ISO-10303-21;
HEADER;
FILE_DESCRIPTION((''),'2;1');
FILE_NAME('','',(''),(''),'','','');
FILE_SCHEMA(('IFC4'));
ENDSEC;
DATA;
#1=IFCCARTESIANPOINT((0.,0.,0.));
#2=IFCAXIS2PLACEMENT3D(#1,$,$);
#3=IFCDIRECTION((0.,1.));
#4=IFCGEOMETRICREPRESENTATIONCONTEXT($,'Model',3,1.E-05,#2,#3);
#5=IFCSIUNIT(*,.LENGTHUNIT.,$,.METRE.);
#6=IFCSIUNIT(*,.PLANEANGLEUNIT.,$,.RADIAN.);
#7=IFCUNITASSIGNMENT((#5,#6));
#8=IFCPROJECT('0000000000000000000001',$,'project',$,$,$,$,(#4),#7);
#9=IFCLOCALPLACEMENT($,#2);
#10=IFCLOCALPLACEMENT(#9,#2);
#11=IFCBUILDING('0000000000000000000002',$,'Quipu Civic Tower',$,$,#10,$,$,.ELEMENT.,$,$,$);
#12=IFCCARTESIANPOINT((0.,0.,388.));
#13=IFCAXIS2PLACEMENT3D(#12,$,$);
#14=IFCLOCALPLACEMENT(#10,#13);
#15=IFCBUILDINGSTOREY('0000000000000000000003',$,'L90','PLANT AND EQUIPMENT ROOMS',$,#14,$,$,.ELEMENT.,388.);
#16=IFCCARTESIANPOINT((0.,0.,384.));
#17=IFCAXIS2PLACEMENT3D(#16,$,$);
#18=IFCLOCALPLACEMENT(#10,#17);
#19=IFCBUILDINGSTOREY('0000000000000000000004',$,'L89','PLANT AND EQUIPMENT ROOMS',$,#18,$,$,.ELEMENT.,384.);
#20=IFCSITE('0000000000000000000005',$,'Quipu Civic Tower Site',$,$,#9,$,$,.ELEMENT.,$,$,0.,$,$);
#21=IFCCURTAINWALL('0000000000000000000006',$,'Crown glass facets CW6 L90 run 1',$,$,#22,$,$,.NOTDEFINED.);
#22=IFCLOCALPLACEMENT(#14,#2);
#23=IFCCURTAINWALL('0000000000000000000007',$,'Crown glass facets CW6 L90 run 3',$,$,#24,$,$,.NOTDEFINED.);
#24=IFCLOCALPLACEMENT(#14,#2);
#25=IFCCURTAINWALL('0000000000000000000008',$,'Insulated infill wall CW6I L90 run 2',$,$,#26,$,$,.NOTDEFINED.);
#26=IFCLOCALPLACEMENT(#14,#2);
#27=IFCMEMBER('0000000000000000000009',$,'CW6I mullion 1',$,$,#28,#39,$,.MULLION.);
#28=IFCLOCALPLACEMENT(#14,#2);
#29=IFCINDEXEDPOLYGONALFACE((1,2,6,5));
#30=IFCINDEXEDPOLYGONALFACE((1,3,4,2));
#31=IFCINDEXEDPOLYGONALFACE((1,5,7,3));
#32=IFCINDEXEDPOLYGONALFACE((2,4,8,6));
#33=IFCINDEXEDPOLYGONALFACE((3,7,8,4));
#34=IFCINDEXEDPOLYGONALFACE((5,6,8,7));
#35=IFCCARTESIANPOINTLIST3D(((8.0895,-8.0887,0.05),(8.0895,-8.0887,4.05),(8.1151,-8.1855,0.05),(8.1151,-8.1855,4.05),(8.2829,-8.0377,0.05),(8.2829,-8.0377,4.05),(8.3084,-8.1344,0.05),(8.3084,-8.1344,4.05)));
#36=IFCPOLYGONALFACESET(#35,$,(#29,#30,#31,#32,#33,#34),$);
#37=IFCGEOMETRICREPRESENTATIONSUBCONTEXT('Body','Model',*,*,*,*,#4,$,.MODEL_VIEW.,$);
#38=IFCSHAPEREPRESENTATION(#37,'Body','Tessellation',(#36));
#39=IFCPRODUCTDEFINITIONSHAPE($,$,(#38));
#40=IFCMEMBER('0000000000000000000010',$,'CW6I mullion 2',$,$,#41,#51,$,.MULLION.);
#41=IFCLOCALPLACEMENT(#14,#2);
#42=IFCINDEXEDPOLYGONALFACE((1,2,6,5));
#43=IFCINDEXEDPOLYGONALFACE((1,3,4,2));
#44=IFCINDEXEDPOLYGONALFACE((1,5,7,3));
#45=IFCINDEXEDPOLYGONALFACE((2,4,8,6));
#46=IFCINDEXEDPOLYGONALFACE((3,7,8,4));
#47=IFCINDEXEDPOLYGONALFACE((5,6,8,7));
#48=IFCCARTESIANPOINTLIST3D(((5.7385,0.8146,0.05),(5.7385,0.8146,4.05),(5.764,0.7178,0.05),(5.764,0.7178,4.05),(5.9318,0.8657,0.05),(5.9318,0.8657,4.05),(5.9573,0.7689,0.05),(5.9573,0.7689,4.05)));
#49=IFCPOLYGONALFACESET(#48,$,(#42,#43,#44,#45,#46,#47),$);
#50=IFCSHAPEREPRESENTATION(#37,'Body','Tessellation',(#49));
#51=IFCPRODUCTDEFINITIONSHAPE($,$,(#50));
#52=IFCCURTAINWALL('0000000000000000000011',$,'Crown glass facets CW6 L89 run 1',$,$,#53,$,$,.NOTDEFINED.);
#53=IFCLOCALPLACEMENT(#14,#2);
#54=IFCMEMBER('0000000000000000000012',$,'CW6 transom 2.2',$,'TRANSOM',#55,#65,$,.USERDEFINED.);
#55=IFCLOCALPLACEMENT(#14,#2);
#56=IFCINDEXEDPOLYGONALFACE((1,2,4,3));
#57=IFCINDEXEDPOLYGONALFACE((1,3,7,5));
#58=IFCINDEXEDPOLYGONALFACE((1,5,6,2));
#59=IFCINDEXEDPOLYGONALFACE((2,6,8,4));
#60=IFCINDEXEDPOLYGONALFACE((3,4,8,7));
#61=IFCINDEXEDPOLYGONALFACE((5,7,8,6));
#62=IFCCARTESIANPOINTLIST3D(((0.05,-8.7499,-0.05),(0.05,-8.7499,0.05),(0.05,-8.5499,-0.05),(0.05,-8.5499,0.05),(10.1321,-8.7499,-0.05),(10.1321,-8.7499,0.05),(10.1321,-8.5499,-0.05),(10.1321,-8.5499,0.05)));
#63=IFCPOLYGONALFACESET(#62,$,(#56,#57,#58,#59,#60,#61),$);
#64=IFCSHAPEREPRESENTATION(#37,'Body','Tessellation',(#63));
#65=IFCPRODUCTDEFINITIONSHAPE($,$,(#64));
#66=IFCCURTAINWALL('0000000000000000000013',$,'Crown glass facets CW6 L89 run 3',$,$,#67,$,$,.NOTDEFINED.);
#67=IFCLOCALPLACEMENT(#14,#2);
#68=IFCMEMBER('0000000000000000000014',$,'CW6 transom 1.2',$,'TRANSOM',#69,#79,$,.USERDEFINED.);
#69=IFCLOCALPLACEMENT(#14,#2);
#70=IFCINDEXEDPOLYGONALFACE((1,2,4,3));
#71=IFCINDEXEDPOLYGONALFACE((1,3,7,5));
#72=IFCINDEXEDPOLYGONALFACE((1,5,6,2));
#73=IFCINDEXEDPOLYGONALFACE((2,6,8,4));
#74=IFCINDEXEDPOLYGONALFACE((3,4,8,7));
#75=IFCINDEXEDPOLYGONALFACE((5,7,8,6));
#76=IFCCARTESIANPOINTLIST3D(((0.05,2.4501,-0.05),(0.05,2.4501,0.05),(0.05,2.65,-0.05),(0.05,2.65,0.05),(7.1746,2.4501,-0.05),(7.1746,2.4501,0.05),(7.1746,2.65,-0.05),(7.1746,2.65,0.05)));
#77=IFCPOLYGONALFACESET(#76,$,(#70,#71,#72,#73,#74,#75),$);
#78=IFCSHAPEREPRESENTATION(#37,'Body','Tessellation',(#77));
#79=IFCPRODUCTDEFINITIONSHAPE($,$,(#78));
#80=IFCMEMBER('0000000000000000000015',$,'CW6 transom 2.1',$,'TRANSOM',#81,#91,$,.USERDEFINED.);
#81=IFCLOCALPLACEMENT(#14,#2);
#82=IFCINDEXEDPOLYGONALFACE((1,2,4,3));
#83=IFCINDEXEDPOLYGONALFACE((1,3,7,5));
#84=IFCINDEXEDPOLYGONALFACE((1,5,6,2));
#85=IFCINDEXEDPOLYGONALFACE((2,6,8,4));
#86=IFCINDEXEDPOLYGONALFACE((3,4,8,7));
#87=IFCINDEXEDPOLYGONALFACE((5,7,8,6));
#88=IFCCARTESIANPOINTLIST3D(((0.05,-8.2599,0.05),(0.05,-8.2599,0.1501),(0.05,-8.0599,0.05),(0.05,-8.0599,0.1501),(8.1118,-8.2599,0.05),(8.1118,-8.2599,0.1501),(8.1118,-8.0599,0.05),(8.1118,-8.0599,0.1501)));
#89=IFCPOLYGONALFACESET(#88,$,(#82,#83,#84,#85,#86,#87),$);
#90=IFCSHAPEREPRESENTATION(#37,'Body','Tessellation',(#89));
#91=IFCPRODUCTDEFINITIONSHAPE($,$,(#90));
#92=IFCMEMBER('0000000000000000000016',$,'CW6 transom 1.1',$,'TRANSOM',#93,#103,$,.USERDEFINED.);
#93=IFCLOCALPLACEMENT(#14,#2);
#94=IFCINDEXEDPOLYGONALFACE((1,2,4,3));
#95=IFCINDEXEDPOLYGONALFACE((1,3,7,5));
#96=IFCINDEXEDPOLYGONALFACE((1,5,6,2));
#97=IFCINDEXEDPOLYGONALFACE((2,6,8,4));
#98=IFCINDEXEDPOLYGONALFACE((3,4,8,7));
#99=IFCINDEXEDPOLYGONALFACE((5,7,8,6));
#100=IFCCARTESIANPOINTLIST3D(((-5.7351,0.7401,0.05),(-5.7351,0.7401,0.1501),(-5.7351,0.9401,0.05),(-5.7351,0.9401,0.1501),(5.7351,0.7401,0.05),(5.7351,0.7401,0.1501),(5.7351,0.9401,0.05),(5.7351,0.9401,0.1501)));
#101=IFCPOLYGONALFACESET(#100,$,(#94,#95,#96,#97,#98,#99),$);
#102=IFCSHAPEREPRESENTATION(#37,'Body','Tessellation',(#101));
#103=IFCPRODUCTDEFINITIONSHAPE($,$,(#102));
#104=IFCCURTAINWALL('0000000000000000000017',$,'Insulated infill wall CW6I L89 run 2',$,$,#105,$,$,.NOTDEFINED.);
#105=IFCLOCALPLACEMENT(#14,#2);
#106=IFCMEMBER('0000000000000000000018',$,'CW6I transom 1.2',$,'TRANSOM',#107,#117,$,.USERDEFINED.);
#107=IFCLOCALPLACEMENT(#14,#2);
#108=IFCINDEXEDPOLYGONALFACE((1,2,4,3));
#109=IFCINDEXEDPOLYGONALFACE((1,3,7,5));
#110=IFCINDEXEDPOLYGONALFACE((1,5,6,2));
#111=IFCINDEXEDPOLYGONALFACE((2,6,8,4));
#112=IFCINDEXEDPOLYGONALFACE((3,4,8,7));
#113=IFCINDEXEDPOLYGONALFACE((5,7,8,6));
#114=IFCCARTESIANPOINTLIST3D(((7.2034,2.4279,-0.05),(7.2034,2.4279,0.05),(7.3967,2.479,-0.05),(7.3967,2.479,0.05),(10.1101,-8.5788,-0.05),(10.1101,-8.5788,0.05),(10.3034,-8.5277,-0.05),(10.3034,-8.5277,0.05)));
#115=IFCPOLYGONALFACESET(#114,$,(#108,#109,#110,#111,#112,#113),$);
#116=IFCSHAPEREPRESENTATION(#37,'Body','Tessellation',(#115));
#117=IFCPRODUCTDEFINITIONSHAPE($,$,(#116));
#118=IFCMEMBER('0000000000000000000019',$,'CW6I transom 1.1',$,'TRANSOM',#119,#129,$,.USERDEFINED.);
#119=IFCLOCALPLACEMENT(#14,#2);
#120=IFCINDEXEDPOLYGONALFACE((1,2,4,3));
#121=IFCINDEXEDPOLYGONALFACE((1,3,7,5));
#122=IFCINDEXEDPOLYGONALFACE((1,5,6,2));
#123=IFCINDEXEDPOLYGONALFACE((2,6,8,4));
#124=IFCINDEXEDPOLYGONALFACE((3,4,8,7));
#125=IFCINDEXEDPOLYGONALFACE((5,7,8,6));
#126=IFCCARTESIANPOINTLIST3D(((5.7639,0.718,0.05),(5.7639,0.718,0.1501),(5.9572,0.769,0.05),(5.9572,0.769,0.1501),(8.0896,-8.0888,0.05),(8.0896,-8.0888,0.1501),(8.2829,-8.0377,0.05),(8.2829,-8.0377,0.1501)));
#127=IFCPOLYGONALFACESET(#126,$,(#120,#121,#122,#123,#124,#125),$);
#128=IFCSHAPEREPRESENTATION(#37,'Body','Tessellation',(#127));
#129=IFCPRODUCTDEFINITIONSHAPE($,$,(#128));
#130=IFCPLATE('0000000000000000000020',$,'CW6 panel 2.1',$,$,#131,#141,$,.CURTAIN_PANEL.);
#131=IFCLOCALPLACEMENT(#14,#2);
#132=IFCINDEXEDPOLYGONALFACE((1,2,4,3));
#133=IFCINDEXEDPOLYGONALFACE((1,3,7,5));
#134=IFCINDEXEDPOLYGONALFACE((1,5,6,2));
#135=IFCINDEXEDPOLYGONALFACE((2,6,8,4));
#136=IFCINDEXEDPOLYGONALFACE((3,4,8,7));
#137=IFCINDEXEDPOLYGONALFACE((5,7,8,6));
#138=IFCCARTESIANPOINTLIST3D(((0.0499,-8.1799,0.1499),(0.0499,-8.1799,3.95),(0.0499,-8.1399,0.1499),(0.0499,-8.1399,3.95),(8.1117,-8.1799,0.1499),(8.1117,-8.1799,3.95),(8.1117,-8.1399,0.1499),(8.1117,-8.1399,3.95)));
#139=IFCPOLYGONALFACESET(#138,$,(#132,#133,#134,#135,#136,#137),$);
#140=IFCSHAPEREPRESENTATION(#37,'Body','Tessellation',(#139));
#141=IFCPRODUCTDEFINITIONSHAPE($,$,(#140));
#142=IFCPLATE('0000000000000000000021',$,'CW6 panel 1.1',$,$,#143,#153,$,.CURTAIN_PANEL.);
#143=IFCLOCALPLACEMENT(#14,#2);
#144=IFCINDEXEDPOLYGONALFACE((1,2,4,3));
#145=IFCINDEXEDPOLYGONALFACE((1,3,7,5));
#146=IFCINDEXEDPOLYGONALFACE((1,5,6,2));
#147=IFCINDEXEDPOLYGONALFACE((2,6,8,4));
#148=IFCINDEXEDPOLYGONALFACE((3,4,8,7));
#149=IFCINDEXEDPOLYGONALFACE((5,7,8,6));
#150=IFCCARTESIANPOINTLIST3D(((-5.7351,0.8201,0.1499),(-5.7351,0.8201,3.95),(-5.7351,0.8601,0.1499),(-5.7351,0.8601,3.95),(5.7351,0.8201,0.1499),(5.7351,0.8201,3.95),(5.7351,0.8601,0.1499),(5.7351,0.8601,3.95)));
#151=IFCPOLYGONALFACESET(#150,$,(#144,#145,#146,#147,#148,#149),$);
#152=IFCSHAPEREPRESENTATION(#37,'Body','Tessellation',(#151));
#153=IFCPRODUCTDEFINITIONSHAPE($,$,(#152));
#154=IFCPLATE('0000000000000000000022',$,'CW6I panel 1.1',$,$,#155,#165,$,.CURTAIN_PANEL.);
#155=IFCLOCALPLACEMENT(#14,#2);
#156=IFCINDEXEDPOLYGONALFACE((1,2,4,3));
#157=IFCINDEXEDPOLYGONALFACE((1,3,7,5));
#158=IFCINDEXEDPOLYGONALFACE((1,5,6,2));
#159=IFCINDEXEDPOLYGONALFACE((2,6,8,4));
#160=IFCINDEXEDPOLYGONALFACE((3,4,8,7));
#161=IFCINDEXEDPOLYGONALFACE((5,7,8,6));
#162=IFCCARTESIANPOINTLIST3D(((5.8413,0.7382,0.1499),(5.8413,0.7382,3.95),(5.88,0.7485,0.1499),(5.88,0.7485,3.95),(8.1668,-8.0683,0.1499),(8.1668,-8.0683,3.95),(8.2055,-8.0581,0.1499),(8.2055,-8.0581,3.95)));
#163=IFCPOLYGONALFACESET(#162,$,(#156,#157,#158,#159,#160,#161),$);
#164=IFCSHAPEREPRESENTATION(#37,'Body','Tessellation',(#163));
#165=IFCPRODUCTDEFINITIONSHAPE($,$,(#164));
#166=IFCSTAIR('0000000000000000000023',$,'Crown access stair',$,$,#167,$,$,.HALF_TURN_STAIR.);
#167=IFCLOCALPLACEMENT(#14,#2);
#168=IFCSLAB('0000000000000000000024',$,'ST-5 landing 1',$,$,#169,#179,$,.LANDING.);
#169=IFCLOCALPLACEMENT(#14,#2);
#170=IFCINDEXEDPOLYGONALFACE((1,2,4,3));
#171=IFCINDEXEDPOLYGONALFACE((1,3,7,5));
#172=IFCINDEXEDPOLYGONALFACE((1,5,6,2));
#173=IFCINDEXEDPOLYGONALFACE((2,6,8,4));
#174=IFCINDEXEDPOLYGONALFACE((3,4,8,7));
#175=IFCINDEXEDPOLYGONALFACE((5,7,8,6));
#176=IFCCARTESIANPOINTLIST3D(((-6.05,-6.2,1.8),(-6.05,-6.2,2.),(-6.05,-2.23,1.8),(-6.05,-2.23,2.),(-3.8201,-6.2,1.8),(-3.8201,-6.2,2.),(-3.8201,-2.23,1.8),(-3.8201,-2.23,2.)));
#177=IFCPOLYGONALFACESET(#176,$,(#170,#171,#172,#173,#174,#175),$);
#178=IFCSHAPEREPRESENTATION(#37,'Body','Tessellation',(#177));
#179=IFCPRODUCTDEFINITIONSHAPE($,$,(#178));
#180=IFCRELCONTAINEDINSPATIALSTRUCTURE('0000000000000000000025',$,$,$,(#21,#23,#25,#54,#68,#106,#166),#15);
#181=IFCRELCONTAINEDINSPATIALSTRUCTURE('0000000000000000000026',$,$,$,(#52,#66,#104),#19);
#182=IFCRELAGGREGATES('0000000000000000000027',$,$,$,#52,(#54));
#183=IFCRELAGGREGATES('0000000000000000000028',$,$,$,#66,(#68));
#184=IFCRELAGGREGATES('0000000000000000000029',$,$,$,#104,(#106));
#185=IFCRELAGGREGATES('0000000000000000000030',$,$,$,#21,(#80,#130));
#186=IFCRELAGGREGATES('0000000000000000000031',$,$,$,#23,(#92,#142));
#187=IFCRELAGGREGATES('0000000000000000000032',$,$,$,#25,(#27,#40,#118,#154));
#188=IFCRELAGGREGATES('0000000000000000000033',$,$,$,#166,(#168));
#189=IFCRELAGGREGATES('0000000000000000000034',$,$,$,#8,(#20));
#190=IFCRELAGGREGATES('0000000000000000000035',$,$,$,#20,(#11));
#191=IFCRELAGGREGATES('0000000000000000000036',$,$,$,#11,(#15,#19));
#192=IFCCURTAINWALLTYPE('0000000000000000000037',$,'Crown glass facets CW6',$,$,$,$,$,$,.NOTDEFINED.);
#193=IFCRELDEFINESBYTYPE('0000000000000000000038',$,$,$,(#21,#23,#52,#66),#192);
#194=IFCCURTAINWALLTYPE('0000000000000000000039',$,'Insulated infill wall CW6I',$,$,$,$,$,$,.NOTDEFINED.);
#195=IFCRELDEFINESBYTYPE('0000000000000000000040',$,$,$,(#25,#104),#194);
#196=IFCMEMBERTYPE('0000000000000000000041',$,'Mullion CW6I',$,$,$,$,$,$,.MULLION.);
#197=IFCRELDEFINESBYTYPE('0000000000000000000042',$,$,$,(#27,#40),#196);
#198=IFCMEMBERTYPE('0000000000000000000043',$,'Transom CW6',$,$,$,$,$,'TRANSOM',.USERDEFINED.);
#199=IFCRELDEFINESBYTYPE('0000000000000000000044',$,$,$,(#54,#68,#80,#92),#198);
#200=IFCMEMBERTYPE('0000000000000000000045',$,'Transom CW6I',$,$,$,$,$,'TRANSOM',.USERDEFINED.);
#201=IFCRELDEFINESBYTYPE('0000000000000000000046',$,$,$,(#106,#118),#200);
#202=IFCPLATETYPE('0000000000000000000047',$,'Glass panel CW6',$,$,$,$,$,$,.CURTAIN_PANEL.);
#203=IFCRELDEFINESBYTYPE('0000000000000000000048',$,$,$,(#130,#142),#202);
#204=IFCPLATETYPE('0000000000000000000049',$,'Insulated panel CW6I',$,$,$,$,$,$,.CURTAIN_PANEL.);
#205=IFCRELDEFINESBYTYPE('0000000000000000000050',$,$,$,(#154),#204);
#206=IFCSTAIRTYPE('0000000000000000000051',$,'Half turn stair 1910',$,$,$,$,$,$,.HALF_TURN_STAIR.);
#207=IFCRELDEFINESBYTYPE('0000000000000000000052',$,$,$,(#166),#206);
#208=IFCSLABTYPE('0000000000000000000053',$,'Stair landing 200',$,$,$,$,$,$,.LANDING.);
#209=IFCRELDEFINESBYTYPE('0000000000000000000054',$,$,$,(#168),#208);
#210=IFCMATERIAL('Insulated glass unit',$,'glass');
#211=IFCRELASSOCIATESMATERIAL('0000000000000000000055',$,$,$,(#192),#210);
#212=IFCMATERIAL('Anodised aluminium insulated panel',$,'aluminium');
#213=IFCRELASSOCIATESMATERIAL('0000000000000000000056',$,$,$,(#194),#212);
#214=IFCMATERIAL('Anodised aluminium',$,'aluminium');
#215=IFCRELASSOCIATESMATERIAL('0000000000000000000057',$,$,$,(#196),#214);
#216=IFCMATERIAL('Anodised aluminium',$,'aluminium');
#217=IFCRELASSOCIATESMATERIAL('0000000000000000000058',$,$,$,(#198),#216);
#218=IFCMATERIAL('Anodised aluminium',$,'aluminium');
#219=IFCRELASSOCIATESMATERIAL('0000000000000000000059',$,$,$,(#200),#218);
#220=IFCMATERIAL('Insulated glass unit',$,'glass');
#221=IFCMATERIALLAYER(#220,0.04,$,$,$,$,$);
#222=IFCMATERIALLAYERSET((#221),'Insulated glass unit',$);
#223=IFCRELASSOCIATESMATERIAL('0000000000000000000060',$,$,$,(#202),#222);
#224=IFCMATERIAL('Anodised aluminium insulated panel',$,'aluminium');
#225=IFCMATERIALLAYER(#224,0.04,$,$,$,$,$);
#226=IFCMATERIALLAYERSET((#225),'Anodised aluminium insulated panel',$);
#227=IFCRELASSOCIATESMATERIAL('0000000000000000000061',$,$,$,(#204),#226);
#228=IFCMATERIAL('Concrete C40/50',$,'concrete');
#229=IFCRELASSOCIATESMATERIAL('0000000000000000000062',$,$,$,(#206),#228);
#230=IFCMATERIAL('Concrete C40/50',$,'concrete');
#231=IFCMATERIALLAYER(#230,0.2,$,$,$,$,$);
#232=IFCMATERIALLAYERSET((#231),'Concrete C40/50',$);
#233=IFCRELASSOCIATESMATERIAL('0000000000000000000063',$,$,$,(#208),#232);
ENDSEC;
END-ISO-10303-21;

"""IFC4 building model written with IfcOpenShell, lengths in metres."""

from ifc_helpers import new_model, si_unit, direction, frame, origin, origin_2d, place, context, subcontext, project, spatial, polyline, rectangle, outline, extrude, material, layer, layer_set, material_profile, profile_set, type_object, element, aggregate, save


model = new_model("IFC4")

# Units and contexts
model_context = context("Model", 3, precision=1e-05, world=origin(), true_north=direction((0.0, 1.0)))
body_context = subcontext(model_context, "Body", "Model", "MODEL_VIEW")
ifc_project = project(units=[si_unit("LENGTHUNIT", "METRE"), si_unit("PLANEANGLEUNIT", "RADIAN")], contexts=[model_context])

# Site, building, storey
site_placement = place(None, origin())
site = spatial("IfcSite", under=ifc_project, at=site_placement, Name="Quipu Civic Tower Site", CompositionType="ELEMENT", RefElevation=0.0)
building_placement = place(site_placement, origin())
building = spatial("IfcBuilding", under=site, at=building_placement, Name="Quipu Civic Tower", CompositionType="ELEMENT")
storey_1_placement = place(building_placement, frame((0.0, 0.0, 388.0)))
storey_1 = spatial("IfcBuildingStorey", under=building, at=storey_1_placement, Name="L90", Description="PLANT AND EQUIPMENT ROOMS", CompositionType="ELEMENT", Elevation=388.0)

# Curtain walls
ifc_material_1 = material(Name="Insulated glass unit", Category="glass")
curtain_wall_type_1 = type_object("IfcCurtainWallType", Name="Crown glass facets CW6", PredefinedType="NOTDEFINED", material=ifc_material_1)
curtain_wall_1_placement = place(storey_1_placement, origin())
curtain_wall_1 = element("IfcCurtainWall", 1, at=curtain_wall_1_placement, inside=storey_1, type_object=curtain_wall_type_1, Name="Crown glass facets CW6 L90 run 1", PredefinedType="NOTDEFINED")
curtain_wall_2_placement = place(storey_1_placement, origin())
curtain_wall_2 = element("IfcCurtainWall", 2, at=curtain_wall_2_placement, inside=storey_1, type_object=curtain_wall_type_1, Name="Crown glass facets CW6 L90 run 3", PredefinedType="NOTDEFINED")

# Curtain wall, members
ifc_material_2 = material(Name="Anodised aluminium insulated panel", Category="aluminium")
curtain_wall_type_2 = type_object("IfcCurtainWallType", Name="Insulated infill wall CW6I", PredefinedType="NOTDEFINED", material=ifc_material_2)
curtain_wall_3_placement = place(storey_1_placement, origin())
curtain_wall_3 = element("IfcCurtainWall", 3, at=curtain_wall_3_placement, inside=storey_1, type_object=curtain_wall_type_2, Name="Insulated infill wall CW6I L90 run 2", PredefinedType="NOTDEFINED")
ifc_material_3 = material(Name="Anodised aluminium", Category="aluminium")
ifc_material_profile_1 = material_profile(ifc_material_3, rectangle(XDim=0.2, YDim=0.1001, at=origin_2d()), Name="RECT 200x100")
ifc_profile_set_1 = profile_set([ifc_material_profile_1], Name="Anodised aluminium")
member_type_1 = type_object("IfcMemberType", Name="Mullion CW6I", PredefinedType="MULLION", material=ifc_profile_set_1)
member_1_placement = place(storey_1_placement, frame((8.199, -8.1116, 0.05), z_axis=(0.0, 0.0, 1.0), x_axis=(-0.966858, -0.255315, 0.0)))
member_1 = element("IfcMember", 4, at=member_1_placement, type_object=member_type_1, Name="CW6I mullion 1", PredefinedType="MULLION", context=body_context, shape_type="SweptSolid", body=[
    extrude(rectangle(XDim=0.2, YDim=0.1001, at=origin_2d()), origin(), (0.0, 0.0, 1.0), 4.0),
])
member_2_placement = place(storey_1_placement, frame((5.8479, 0.7917, 0.05), z_axis=(0.0, 0.0, 1.0), x_axis=(-0.966858, -0.255315, 0.0)))
member_2 = element("IfcMember", 5, at=member_2_placement, type_object=member_type_1, Name="CW6I mullion 2", PredefinedType="MULLION", context=body_context, shape_type="SweptSolid", body=[
    extrude(rectangle(XDim=0.2, YDim=0.1001, at=origin_2d()), origin(), (0.0, 0.0, 1.0), 4.0),
])

# Shared definitions
storey_2_placement = place(building_placement, frame((0.0, 0.0, 384.0)))
storey_2 = spatial("IfcBuildingStorey", under=building, at=storey_2_placement, Name="L89", Description="PLANT AND EQUIPMENT ROOMS", CompositionType="ELEMENT", Elevation=384.0)

# Curtain walls, members
curtain_wall_4_placement = place(storey_2_placement, origin())
curtain_wall_4 = element("IfcCurtainWall", 6, at=curtain_wall_4_placement, inside=storey_2, type_object=curtain_wall_type_1, Name="Crown glass facets CW6 L89 run 1", PredefinedType="NOTDEFINED")
ifc_material_4 = material(Name="Anodised aluminium", Category="aluminium")
ifc_material_profile_2 = material_profile(ifc_material_4, rectangle(XDim=0.2, YDim=0.1001, at=origin_2d()), Name="RECT 200x100")
ifc_profile_set_2 = profile_set([ifc_material_profile_2], Name="Anodised aluminium")
member_type_2 = type_object("IfcMemberType", Name="Transom CW6", ElementType="TRANSOM", PredefinedType="USERDEFINED", material=ifc_profile_set_2)
member_3_placement = place(storey_1_placement, frame((0.05, -8.6499, 0.0), z_axis=(1.0, 0.0, 0.0), x_axis=(0.0, 1.0, 0.0)))
member_3 = element("IfcMember", 7, at=member_3_placement, inside=storey_1, type_object=member_type_2, Name="CW6 transom 2.2", ObjectType="TRANSOM", PredefinedType="USERDEFINED", context=body_context, shape_type="SweptSolid", body=[
    extrude(rectangle(XDim=0.2, YDim=0.1001, at=origin_2d()), origin(), (0.0, 0.0, 1.0), 10.082),
])
aggregate(curtain_wall_4, [member_3])
curtain_wall_5_placement = place(storey_2_placement, origin())
curtain_wall_5 = element("IfcCurtainWall", 8, at=curtain_wall_5_placement, inside=storey_2, type_object=curtain_wall_type_1, Name="Crown glass facets CW6 L89 run 3", PredefinedType="NOTDEFINED")
member_4_placement = place(storey_1_placement, frame((7.1746, 2.55, 0.0), z_axis=(-1.0, 0.0, 0.0), x_axis=(0.0, -1.0, 0.0)))
member_4 = element("IfcMember", 9, at=member_4_placement, inside=storey_1, type_object=member_type_2, Name="CW6 transom 1.2", ObjectType="TRANSOM", PredefinedType="USERDEFINED", context=body_context, shape_type="SweptSolid", body=[
    extrude(rectangle(XDim=0.2, YDim=0.1001, at=origin_2d()), origin(), (0.0, 0.0, 1.0), 7.1245),
])
aggregate(curtain_wall_5, [member_4])

# Members
member_5_placement = place(storey_1_placement, frame((0.05, -8.1599, 0.1001), z_axis=(1.0, 0.0, 0.0), x_axis=(0.0, 1.0, 0.0)))
member_5 = element("IfcMember", 10, at=member_5_placement, type_object=member_type_2, Name="CW6 transom 2.1", ObjectType="TRANSOM", PredefinedType="USERDEFINED", context=body_context, shape_type="SweptSolid", body=[
    extrude(rectangle(XDim=0.2, YDim=0.1001, at=origin_2d()), origin(), (0.0, 0.0, 1.0), 8.0618),
])
member_6_placement = place(storey_1_placement, frame((5.7351, 0.8401, 0.1001), z_axis=(-1.0, 0.0, 0.0), x_axis=(0.0, -1.0, 0.0)))
member_6 = element("IfcMember", 11, at=member_6_placement, type_object=member_type_2, Name="CW6 transom 1.1", ObjectType="TRANSOM", PredefinedType="USERDEFINED", context=body_context, shape_type="SweptSolid", body=[
    extrude(rectangle(XDim=0.2, YDim=0.1001, at=origin_2d()), origin(), (0.0, 0.0, 1.0), 11.4702),
])

# Curtain wall, member
curtain_wall_6_placement = place(storey_2_placement, origin())
curtain_wall_6 = element("IfcCurtainWall", 12, at=curtain_wall_6_placement, inside=storey_2, type_object=curtain_wall_type_2, Name="Insulated infill wall CW6I L89 run 2", PredefinedType="NOTDEFINED")
ifc_material_5 = material(Name="Anodised aluminium", Category="aluminium")
ifc_material_profile_3 = material_profile(ifc_material_5, rectangle(XDim=0.2, YDim=0.1001, at=origin_2d()), Name="RECT 200x100")
ifc_profile_set_3 = profile_set([ifc_material_profile_3], Name="Anodised aluminium")
member_type_3 = type_object("IfcMemberType", Name="Transom CW6I", ElementType="TRANSOM", PredefinedType="USERDEFINED", material=ifc_profile_set_3)
member_7_placement = place(storey_1_placement, frame((10.2068, -8.5532, 0.0), z_axis=(-0.255337, 0.966852, 0.0), x_axis=(-0.966852, -0.255337, 0.0)))
member_7 = element("IfcMember", 13, at=member_7_placement, inside=storey_1, type_object=member_type_3, Name="CW6I transom 1.2", ObjectType="TRANSOM", PredefinedType="USERDEFINED", context=body_context, shape_type="SweptSolid", body=[
    extrude(rectangle(XDim=0.2, YDim=0.1001, at=origin_2d()), origin(), (0.0, 0.0, 1.0), 11.384),
])
aggregate(curtain_wall_6, [member_7])

# Member
member_8_placement = place(storey_1_placement, frame((8.1863, -8.0632, 0.1001), z_axis=(-0.25533, 0.966854, 0.0), x_axis=(-0.966854, -0.25533, 0.0)))
member_8 = element("IfcMember", 14, at=member_8_placement, type_object=member_type_3, Name="CW6I transom 1.1", ObjectType="TRANSOM", PredefinedType="USERDEFINED", context=body_context, shape_type="SweptSolid", body=[
    extrude(rectangle(XDim=0.2, YDim=0.1001, at=origin_2d()), origin(), (0.0, 0.0, 1.0), 9.1086),
])

# Plates
ifc_material_6 = material(Name="Insulated glass unit", Category="glass")
ifc_layer_1 = layer(ifc_material_6, 0.04)
ifc_layer_set_1 = layer_set([ifc_layer_1], Name="Insulated glass unit")
plate_type_1 = type_object("IfcPlateType", Name="Glass panel CW6", PredefinedType="CURTAIN_PANEL", material=ifc_layer_set_1)
plate_1_placement = place(storey_1_placement, frame((4.0808, -8.1599, 0.1499), z_axis=(0.0, 0.0, 1.0), x_axis=(1.0, 0.0, 0.0)))
plate_1 = element("IfcPlate", 15, at=plate_1_placement, type_object=plate_type_1, Name="CW6 panel 2.1", PredefinedType="CURTAIN_PANEL", context=body_context, shape_type="SweptSolid", body=[
    extrude(rectangle(XDim=8.0618, YDim=0.04, at=origin_2d()), origin(), (0.0, 0.0, 1.0), 3.8),
])
aggregate(curtain_wall_1, [member_5, plate_1])
plate_2_placement = place(storey_1_placement, frame((0.0, 0.8401, 0.1499), z_axis=(0.0, 0.0, 1.0), x_axis=(-1.0, 0.0, 0.0)))
plate_2 = element("IfcPlate", 16, at=plate_2_placement, type_object=plate_type_1, Name="CW6 panel 1.1", PredefinedType="CURTAIN_PANEL", context=body_context, shape_type="SweptSolid", body=[
    extrude(rectangle(XDim=11.4702, YDim=0.04, at=origin_2d()), origin(), (0.0, 0.0, 1.0), 3.8),
])
aggregate(curtain_wall_2, [member_6, plate_2])
ifc_material_7 = material(Name="Anodised aluminium insulated panel", Category="aluminium")
ifc_layer_2 = layer(ifc_material_7, 0.04)
ifc_layer_set_2 = layer_set([ifc_layer_2], Name="Anodised aluminium insulated panel")
plate_type_2 = type_object("IfcPlateType", Name="Insulated panel CW6I", PredefinedType="CURTAIN_PANEL", material=ifc_layer_set_2)
plate_3_placement = place(storey_1_placement, frame((7.0234, -3.6599, 0.1499), z_axis=(0.0, 0.0, 1.0), x_axis=(-0.255315, 0.966858, 0.0)))
plate_3 = element("IfcPlate", 17, at=plate_3_placement, type_object=plate_type_2, Name="CW6I panel 1.1", PredefinedType="CURTAIN_PANEL", context=body_context, shape_type="SweptSolid", body=[
    extrude(rectangle(XDim=9.1084, YDim=0.04, at=origin_2d()), origin(), (0.0, 0.0, 1.0), 3.8),
])
aggregate(curtain_wall_3, [member_1, member_2, member_8, plate_3])

# Stair, slab
ifc_material_8 = material(Name="Concrete C40/50", Category="concrete")
stair_type = type_object("IfcStairType", Name="Half turn stair 1910", PredefinedType="HALF_TURN_STAIR", material=ifc_material_8)
stair_placement = place(storey_1_placement, origin())
stair = element("IfcStair", 18, at=stair_placement, inside=storey_1, type_object=stair_type, Name="Crown access stair", PredefinedType="HALF_TURN_STAIR")
ifc_material_9 = material(Name="Concrete C40/50", Category="concrete")
ifc_layer_3 = layer(ifc_material_9, 0.2)
ifc_layer_set_3 = layer_set([ifc_layer_3], Name="Concrete C40/50")
slab_type = type_object("IfcSlabType", Name="Stair landing 200", PredefinedType="LANDING", material=ifc_layer_set_3)
slab_placement = place(storey_1_placement, frame((0.0, 0.0, 1.8)))
slab = element("IfcSlab", 19, at=slab_placement, type_object=slab_type, Name="ST-5 landing 1", PredefinedType="LANDING", context=body_context, shape_type="SweptSolid", body=[
    extrude(outline(polyline([(-3.8201, -2.23), (-6.05, -2.23), (-6.05, -6.2), (-3.8201, -6.2), (-3.8201, -2.23)])), origin(), (0.0, 0.0, 1.0), 0.2),
])
aggregate(stair, [slab])

save(model, "model.ifc")
